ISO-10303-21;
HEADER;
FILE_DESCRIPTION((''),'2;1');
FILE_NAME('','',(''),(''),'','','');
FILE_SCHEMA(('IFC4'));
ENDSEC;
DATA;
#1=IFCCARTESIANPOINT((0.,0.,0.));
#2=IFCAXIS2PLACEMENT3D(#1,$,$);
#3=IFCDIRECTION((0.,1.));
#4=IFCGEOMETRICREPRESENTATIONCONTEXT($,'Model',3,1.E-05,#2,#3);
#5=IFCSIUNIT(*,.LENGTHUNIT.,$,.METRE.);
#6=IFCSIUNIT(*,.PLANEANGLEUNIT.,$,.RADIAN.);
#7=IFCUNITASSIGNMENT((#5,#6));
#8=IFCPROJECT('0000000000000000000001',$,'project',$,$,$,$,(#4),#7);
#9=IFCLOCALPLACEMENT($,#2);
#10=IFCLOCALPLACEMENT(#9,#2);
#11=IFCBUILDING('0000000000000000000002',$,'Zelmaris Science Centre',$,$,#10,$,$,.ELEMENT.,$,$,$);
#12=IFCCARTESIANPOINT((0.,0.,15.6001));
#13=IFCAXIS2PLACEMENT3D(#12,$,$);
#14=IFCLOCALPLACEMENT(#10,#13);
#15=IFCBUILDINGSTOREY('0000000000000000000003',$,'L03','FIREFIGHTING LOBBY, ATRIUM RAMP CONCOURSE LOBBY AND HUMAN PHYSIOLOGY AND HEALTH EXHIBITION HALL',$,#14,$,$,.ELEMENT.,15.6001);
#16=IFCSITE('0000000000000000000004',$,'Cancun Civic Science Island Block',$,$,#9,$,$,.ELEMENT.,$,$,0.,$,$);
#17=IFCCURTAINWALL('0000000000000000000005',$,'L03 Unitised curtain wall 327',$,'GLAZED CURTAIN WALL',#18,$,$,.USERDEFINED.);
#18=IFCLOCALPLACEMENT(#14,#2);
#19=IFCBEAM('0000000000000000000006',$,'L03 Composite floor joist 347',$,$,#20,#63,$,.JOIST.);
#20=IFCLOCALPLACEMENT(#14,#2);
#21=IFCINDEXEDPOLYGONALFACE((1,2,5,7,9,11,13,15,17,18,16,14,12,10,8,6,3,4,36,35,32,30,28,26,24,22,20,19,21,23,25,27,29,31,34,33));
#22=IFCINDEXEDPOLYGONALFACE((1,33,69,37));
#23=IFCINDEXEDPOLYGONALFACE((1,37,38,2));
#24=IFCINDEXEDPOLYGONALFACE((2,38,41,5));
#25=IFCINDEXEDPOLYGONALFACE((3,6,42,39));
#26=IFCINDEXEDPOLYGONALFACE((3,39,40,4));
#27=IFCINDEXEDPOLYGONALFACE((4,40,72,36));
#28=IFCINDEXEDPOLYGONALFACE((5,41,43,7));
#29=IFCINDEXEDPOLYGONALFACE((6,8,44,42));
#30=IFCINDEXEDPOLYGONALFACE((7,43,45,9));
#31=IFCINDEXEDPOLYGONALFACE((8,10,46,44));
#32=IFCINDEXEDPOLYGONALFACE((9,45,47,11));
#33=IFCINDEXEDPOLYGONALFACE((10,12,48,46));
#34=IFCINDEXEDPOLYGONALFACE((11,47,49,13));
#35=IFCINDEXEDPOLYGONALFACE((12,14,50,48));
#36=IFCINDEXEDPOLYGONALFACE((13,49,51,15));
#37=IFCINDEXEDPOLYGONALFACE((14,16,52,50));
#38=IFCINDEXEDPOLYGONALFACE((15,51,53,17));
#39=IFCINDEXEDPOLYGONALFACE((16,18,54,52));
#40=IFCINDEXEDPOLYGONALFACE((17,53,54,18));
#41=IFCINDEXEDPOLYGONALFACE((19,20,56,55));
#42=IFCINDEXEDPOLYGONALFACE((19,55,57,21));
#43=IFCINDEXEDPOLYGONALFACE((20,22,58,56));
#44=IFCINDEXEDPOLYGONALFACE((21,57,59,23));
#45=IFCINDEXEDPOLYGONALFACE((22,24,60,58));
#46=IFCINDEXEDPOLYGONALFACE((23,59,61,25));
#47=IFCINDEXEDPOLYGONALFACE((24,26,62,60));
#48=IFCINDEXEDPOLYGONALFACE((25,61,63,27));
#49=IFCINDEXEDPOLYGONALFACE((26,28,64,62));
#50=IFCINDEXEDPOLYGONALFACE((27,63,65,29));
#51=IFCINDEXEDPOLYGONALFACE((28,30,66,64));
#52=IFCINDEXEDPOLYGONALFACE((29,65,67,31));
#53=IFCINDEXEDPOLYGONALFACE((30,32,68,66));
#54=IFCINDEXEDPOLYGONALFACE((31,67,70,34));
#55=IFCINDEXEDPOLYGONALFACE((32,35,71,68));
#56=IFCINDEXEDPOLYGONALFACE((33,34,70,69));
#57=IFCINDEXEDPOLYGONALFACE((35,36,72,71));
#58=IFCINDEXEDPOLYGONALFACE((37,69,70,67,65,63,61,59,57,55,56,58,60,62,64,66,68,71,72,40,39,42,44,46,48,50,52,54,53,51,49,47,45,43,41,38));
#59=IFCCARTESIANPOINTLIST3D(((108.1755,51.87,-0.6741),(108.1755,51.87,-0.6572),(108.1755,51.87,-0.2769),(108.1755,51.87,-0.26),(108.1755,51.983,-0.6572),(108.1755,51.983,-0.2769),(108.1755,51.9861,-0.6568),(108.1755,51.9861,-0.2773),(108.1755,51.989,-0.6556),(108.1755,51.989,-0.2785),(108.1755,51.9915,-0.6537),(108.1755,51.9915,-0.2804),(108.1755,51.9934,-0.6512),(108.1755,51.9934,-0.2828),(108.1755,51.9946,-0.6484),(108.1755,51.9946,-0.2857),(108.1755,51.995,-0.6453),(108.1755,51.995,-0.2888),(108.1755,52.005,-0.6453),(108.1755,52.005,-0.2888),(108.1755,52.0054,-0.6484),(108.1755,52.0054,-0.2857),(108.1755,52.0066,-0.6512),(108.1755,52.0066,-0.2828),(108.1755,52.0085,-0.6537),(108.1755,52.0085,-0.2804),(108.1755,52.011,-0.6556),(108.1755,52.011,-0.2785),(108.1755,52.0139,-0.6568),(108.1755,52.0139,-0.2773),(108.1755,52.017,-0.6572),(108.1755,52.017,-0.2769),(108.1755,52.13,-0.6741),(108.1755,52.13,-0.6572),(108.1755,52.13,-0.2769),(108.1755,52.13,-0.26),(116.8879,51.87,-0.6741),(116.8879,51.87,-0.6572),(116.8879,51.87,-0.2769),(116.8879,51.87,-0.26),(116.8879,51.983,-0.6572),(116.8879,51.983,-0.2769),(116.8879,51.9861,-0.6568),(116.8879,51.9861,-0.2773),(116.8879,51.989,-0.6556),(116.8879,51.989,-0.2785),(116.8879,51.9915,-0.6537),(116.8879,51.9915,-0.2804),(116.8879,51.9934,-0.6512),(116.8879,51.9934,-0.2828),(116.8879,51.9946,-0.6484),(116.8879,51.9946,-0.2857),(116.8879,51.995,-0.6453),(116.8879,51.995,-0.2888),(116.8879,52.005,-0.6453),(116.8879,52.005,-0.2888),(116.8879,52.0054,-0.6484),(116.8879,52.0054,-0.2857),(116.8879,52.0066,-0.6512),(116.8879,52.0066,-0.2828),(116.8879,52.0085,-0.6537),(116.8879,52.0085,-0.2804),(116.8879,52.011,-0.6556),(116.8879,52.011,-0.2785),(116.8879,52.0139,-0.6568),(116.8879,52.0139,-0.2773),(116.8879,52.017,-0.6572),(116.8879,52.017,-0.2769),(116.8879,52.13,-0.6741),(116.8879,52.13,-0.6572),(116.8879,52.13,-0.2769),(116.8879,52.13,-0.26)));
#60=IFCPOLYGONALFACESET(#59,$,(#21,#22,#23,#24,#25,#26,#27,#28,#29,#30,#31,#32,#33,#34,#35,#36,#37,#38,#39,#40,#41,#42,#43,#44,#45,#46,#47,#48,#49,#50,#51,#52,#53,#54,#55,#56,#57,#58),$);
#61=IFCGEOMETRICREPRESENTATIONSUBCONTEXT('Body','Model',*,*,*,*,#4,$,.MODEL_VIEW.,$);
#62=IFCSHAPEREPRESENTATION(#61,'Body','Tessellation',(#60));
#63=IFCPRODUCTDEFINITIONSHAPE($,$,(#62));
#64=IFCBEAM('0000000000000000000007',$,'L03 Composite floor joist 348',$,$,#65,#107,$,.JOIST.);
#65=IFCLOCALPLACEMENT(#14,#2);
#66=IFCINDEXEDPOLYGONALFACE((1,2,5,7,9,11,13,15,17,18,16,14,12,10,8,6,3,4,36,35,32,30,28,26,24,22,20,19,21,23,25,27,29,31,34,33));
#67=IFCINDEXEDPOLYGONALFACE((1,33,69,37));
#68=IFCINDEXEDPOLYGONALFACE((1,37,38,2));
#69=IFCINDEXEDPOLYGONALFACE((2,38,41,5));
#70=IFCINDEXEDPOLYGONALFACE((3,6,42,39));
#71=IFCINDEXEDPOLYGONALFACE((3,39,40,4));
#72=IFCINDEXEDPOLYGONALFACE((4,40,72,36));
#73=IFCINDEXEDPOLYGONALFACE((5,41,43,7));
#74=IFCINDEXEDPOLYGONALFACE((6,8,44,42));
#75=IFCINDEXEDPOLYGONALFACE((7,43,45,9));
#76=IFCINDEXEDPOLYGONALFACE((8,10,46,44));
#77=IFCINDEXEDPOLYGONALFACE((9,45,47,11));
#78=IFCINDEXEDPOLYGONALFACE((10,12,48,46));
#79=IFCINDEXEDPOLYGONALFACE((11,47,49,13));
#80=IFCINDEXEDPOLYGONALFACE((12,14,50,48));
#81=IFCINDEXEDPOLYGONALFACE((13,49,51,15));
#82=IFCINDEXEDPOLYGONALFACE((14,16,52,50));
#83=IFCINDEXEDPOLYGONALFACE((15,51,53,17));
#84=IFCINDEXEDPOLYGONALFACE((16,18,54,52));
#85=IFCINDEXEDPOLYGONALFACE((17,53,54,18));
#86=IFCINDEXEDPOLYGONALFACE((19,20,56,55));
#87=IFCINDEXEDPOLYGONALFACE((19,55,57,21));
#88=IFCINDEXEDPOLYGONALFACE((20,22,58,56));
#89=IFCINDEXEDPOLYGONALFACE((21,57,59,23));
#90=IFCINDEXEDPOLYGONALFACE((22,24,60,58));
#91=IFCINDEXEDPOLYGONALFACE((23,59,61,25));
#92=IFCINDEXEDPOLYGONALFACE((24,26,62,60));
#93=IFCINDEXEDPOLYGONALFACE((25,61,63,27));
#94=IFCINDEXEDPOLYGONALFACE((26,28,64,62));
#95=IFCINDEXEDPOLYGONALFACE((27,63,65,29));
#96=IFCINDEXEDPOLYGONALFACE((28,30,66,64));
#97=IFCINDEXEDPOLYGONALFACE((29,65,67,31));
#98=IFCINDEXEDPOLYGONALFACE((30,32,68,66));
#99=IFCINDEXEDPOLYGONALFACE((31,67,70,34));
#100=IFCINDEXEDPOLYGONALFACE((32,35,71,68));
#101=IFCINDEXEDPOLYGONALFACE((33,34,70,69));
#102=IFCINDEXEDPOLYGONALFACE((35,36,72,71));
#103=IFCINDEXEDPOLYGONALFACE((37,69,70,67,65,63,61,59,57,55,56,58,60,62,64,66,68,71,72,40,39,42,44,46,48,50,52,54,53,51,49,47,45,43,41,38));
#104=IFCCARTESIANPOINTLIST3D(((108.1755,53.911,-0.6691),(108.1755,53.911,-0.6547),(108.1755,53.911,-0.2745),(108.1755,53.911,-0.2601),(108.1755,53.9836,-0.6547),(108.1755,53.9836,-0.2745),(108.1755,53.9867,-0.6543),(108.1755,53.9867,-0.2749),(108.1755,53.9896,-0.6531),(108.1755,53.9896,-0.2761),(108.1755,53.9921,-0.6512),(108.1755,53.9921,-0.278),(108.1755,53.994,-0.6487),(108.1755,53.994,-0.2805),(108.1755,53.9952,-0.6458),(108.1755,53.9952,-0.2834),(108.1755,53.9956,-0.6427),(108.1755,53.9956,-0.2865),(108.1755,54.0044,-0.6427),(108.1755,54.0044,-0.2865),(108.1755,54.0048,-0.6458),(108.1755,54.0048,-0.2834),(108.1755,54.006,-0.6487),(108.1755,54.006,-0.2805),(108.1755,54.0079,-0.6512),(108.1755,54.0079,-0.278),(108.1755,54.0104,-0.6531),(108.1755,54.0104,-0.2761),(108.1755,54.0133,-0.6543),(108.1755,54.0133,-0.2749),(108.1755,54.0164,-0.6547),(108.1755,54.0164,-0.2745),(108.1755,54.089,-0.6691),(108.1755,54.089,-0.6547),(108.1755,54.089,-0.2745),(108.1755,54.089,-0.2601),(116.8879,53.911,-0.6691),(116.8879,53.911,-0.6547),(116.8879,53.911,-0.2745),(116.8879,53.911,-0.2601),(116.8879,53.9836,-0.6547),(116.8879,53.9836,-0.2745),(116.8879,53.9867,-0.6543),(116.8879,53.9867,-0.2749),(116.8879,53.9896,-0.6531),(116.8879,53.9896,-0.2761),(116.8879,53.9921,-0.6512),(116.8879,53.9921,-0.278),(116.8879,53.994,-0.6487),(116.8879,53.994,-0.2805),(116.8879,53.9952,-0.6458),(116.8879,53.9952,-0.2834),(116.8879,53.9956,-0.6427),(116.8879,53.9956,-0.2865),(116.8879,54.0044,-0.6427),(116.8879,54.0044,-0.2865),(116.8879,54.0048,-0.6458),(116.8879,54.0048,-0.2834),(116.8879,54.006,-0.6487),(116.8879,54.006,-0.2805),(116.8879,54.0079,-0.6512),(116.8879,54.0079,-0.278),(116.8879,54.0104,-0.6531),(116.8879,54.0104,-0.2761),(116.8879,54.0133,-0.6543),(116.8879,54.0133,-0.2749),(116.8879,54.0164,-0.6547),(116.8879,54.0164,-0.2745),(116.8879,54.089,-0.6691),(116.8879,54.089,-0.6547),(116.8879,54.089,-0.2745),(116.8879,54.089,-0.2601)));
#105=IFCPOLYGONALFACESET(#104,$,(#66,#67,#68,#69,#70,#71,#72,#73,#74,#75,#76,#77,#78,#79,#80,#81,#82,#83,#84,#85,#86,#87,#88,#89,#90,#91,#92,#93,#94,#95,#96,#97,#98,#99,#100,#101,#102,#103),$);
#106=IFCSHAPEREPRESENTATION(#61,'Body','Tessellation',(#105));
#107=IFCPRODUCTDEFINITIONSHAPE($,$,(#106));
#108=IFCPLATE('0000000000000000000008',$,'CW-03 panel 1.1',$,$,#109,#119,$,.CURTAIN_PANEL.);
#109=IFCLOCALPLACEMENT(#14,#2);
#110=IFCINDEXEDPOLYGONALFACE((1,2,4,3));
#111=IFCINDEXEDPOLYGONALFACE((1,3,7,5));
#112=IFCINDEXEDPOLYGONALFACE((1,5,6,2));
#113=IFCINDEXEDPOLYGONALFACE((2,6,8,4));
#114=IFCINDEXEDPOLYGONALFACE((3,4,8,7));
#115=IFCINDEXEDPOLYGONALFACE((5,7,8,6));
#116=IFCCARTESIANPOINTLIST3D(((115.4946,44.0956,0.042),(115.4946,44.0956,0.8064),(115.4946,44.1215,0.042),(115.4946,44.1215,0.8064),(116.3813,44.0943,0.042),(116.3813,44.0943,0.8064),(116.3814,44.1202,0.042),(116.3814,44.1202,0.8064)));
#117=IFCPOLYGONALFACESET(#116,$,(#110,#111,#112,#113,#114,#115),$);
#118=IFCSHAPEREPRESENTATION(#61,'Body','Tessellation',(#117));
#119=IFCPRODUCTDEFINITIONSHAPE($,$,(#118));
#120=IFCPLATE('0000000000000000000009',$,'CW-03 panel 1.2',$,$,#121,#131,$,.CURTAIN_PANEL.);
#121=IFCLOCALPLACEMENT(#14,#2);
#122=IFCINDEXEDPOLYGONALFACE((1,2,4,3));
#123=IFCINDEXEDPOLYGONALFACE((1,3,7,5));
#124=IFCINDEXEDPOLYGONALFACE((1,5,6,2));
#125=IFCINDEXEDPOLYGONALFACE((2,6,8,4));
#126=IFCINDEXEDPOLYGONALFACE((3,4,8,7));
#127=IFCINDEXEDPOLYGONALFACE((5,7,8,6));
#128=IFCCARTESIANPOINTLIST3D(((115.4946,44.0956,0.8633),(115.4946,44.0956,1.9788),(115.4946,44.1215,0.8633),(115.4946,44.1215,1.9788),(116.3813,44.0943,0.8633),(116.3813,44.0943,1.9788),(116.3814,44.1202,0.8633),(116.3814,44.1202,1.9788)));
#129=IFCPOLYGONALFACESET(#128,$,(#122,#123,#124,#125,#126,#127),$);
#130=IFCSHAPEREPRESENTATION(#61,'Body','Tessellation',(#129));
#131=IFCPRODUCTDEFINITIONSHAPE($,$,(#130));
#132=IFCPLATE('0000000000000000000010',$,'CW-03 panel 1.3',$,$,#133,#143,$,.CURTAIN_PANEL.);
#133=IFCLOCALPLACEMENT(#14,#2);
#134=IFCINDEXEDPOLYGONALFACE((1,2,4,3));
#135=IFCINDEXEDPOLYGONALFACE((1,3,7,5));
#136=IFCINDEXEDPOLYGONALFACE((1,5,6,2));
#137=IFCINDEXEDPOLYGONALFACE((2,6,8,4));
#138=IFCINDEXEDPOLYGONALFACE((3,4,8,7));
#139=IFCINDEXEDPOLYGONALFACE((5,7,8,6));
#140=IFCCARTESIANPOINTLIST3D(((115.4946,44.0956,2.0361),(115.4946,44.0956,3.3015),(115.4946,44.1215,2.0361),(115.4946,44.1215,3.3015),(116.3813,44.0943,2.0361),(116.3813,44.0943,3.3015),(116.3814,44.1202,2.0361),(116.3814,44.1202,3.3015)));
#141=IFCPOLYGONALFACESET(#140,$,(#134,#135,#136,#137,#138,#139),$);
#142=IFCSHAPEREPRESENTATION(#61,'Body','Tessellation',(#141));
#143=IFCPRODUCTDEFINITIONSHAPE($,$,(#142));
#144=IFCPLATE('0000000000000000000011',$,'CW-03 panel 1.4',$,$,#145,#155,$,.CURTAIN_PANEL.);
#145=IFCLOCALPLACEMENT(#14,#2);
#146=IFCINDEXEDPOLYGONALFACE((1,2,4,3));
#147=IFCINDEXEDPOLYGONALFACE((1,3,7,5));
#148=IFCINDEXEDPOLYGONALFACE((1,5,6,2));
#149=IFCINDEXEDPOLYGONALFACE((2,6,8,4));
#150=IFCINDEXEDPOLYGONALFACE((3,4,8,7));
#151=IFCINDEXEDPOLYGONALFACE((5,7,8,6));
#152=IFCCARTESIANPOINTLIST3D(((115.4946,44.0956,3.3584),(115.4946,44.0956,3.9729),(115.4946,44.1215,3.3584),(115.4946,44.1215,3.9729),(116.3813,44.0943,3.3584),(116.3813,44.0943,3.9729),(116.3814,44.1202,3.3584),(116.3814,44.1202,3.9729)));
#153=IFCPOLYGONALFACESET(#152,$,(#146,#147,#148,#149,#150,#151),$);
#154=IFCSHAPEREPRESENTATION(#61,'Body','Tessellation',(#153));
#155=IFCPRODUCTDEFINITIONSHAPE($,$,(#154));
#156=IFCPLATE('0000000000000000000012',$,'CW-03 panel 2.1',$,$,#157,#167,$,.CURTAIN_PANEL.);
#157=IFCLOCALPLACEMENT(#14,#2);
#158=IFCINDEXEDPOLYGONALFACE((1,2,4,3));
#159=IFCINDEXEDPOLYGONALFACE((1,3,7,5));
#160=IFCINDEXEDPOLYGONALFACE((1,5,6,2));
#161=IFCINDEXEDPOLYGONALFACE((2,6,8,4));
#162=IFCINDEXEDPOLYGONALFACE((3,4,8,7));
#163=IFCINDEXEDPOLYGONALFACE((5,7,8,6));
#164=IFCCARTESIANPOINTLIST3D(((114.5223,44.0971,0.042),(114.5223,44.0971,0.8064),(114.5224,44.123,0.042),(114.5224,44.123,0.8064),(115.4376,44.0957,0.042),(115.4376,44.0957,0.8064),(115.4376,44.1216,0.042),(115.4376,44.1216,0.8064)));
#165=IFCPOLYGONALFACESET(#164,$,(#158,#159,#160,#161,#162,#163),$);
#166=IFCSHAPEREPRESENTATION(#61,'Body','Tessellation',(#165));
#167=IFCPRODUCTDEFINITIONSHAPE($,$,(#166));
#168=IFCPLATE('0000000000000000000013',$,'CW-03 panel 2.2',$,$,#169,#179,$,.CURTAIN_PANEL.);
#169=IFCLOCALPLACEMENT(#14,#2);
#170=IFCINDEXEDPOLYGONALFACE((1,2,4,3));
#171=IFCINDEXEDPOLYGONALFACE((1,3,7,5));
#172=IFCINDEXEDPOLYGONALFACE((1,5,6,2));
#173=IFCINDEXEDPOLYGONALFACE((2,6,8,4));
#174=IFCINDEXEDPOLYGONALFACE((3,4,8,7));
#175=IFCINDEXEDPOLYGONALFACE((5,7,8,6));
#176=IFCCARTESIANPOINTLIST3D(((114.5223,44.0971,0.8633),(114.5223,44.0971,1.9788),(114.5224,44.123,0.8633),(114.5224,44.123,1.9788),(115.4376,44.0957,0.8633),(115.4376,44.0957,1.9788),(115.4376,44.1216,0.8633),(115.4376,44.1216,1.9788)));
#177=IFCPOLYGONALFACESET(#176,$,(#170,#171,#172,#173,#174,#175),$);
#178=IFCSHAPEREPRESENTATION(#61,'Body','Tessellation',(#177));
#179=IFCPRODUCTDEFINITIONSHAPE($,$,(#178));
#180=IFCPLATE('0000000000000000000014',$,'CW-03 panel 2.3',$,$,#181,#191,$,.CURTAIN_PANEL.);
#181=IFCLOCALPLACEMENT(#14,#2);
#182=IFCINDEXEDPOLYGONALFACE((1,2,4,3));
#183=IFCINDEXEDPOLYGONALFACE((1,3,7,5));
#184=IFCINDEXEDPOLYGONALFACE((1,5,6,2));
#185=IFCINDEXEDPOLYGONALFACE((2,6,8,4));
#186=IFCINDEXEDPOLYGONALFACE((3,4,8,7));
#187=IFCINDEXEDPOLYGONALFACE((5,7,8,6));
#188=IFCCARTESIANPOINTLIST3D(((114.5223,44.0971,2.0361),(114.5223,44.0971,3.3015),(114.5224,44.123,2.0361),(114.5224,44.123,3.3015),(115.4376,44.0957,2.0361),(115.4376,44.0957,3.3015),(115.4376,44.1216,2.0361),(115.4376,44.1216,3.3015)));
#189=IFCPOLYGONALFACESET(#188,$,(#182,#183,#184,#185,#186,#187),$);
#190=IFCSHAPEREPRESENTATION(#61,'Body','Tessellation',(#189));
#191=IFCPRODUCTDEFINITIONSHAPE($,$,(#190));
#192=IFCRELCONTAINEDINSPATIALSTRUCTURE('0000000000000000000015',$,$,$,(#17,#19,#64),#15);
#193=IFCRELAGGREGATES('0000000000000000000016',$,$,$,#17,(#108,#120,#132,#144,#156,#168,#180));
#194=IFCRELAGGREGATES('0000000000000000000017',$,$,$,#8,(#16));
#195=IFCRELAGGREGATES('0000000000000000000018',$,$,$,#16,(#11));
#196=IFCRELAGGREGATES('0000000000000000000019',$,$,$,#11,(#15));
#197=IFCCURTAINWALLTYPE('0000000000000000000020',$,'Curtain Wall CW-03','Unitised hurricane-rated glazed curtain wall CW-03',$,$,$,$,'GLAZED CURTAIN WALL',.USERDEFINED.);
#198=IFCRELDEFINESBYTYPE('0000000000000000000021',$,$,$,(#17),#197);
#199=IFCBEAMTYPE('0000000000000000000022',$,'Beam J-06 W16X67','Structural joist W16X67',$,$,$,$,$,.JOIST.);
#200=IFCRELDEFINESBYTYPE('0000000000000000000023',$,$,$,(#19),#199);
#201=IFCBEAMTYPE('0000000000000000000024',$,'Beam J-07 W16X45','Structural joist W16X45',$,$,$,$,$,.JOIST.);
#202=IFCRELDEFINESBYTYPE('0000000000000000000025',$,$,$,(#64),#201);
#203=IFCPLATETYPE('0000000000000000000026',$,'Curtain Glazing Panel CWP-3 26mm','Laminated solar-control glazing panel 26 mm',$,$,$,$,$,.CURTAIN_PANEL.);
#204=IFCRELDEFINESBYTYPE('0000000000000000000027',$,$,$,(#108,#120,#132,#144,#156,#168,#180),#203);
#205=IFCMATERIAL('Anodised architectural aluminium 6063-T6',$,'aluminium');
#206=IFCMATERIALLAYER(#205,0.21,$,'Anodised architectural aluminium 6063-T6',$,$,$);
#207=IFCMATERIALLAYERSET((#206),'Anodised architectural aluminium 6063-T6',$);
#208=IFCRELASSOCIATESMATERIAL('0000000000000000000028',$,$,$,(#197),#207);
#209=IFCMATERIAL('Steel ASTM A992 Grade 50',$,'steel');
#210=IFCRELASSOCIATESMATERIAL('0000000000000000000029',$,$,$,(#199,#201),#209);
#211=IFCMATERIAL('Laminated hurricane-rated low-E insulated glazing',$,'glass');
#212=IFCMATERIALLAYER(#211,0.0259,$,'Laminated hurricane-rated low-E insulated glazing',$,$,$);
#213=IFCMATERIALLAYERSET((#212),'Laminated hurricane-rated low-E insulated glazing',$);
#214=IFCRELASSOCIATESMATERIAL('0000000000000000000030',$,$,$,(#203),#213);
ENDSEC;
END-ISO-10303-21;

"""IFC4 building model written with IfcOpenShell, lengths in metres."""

from ifc_helpers import new_model, si_unit, direction, frame, origin, origin_2d, place, context, subcontext, project, spatial, rectangle, i_section, extrude, material, layer, layer_set, material_profile, profile_set, type_object, element, aggregate, save


model = new_model("IFC4")

# Units and contexts
model_context = context("Model", 3, precision=1e-05, world=origin(), true_north=direction((0.0, 1.0)))
body_context = subcontext(model_context, "Body", "Model", "MODEL_VIEW")
ifc_project = project(units=[si_unit("LENGTHUNIT", "METRE"), si_unit("PLANEANGLEUNIT", "RADIAN")], contexts=[model_context])

# Site, building, storey
site_placement = place(None, origin())
site = spatial("IfcSite", under=ifc_project, at=site_placement, Name="Cancun Civic Science Island Block", CompositionType="ELEMENT", RefElevation=0.0)
building_placement = place(site_placement, origin())
building = spatial("IfcBuilding", under=site, at=building_placement, Name="Zelmaris Science Centre", CompositionType="ELEMENT")
storey_placement = place(building_placement, frame((0.0, 0.0, 15.6001)))
storey = spatial("IfcBuildingStorey", under=building, at=storey_placement, Name="L03", Description="FIREFIGHTING LOBBY, ATRIUM RAMP CONCOURSE LOBBY AND HUMAN PHYSIOLOGY AND HEALTH EXHIBITION HALL", CompositionType="ELEMENT", Elevation=15.6001)

# Curtain wall
ifc_material_1 = material(Name="Anodised architectural aluminium 6063-T6", Category="aluminium")
ifc_layer_1 = layer(ifc_material_1, 0.21, Name="Anodised architectural aluminium 6063-T6")
ifc_layer_set_1 = layer_set([ifc_layer_1], Name="Anodised architectural aluminium 6063-T6")
curtain_wall_type = type_object("IfcCurtainWallType", Name="Curtain Wall CW-03", Description="Unitised hurricane-rated glazed curtain wall CW-03", ElementType="GLAZED CURTAIN WALL", PredefinedType="USERDEFINED", material=ifc_layer_set_1)
curtain_wall_placement = place(storey_placement, origin())
curtain_wall = element("IfcCurtainWall", 1, at=curtain_wall_placement, inside=storey, type_object=curtain_wall_type, Name="L03 Unitised curtain wall 327", ObjectType="GLAZED CURTAIN WALL", PredefinedType="USERDEFINED")

# Beams
ifc_material_2 = material(Name="Steel ASTM A992 Grade 50", Category="steel")
ifc_material_profile_1 = material_profile(ifc_material_2, i_section(OverallWidth=0.26, OverallDepth=0.4141, WebThickness=0.01, FlangeThickness=0.0168, FilletRadius=0.012, at=origin_2d()), Name="W16X67")
ifc_profile_set_1 = profile_set([ifc_material_profile_1], Name="Steel ASTM A992 Grade 50")
beam_type_1 = type_object("IfcBeamType", Name="Beam J-06 W16X67", Description="Structural joist W16X67", PredefinedType="JOIST", material=ifc_profile_set_1)
beam_1_placement = place(storey_placement, frame((108.1755, 52.0, -0.467), z_axis=(1.0, 0.0, 0.0), x_axis=(0.0, 1.0, 0.0)))
element("IfcBeam", 2, at=beam_1_placement, inside=storey, type_object=beam_type_1, Name="L03 Composite floor joist 347", PredefinedType="JOIST", context=body_context, shape_type="SweptSolid", body=[
    extrude(i_section(OverallWidth=0.26, OverallDepth=0.4141, WebThickness=0.01, FlangeThickness=0.0168, FilletRadius=0.012, at=origin_2d()), origin(), (0.0, 0.0, 1.0), 8.7124),
])
ifc_material_profile_2 = material_profile(ifc_material_2, i_section(OverallWidth=0.178, OverallDepth=0.4089, WebThickness=0.0088, FlangeThickness=0.0144, FilletRadius=0.012, at=origin_2d()), Name="W16X45")
ifc_profile_set_2 = profile_set([ifc_material_profile_2], Name="Steel ASTM A992 Grade 50")
beam_type_2 = type_object("IfcBeamType", Name="Beam J-07 W16X45", Description="Structural joist W16X45", PredefinedType="JOIST", material=ifc_profile_set_2)
beam_2_placement = place(storey_placement, frame((108.1755, 54.0, -0.4646), z_axis=(1.0, 0.0, 0.0), x_axis=(0.0, 1.0, 0.0)))
element("IfcBeam", 3, at=beam_2_placement, inside=storey, type_object=beam_type_2, Name="L03 Composite floor joist 348", PredefinedType="JOIST", context=body_context, shape_type="SweptSolid", body=[
    extrude(i_section(OverallWidth=0.178, OverallDepth=0.4089, WebThickness=0.0088, FlangeThickness=0.0144, FilletRadius=0.012, at=origin_2d()), origin(), (0.0, 0.0, 1.0), 8.7124),
])

# Plates
ifc_material_3 = material(Name="Laminated hurricane-rated low-E insulated glazing", Category="glass")
ifc_layer_2 = layer(ifc_material_3, 0.0259, Name="Laminated hurricane-rated low-E insulated glazing")
ifc_layer_set_2 = layer_set([ifc_layer_2], Name="Laminated hurricane-rated low-E insulated glazing")
plate_type = type_object("IfcPlateType", Name="Curtain Glazing Panel CWP-3 26mm", Description="Laminated solar-control glazing panel 26 mm", PredefinedType="CURTAIN_PANEL", material=ifc_layer_set_2)
plate_1_placement = place(storey_placement, frame((115.938, 44.1079, 0.042), z_axis=(0.0, 0.0, 1.0), x_axis=(-0.999999, 0.001517, 0.0)))
plate_1 = element("IfcPlate", 4, at=plate_1_placement, type_object=plate_type, Name="CW-03 panel 1.1", PredefinedType="CURTAIN_PANEL", context=body_context, shape_type="SweptSolid", body=[
    extrude(rectangle(XDim=0.8867, YDim=0.0259, at=origin_2d()), origin(), (0.0, 0.0, 1.0), 0.7644),
])
plate_2_placement = place(storey_placement, frame((115.938, 44.1079, 0.8633), z_axis=(0.0, 0.0, 1.0), x_axis=(-0.999999, 0.001517, 0.0)))
plate_2 = element("IfcPlate", 5, at=plate_2_placement, type_object=plate_type, Name="CW-03 panel 1.2", PredefinedType="CURTAIN_PANEL", context=body_context, shape_type="SweptSolid", body=[
    extrude(rectangle(XDim=0.8867, YDim=0.0259, at=origin_2d()), origin(), (0.0, 0.0, 1.0), 1.1155),
])
plate_3_placement = place(storey_placement, frame((115.938, 44.1079, 2.0361), z_axis=(0.0, 0.0, 1.0), x_axis=(-0.999999, 0.001517, 0.0)))
plate_3 = element("IfcPlate", 6, at=plate_3_placement, type_object=plate_type, Name="CW-03 panel 1.3", PredefinedType="CURTAIN_PANEL", context=body_context, shape_type="SweptSolid", body=[
    extrude(rectangle(XDim=0.8867, YDim=0.0259, at=origin_2d()), origin(), (0.0, 0.0, 1.0), 1.2654),
])
plate_4_placement = place(storey_placement, frame((115.938, 44.1079, 3.3584), z_axis=(0.0, 0.0, 1.0), x_axis=(-0.999999, 0.001517, 0.0)))
plate_4 = element("IfcPlate", 7, at=plate_4_placement, type_object=plate_type, Name="CW-03 panel 1.4", PredefinedType="CURTAIN_PANEL", context=body_context, shape_type="SweptSolid", body=[
    extrude(rectangle(XDim=0.8867, YDim=0.0259, at=origin_2d()), origin(), (0.0, 0.0, 1.0), 0.6145),
])
plate_5_placement = place(storey_placement, frame((114.98, 44.1094, 0.042), z_axis=(0.0, 0.0, 1.0), x_axis=(-0.999999, 0.001517, 0.0)))
plate_5 = element("IfcPlate", 8, at=plate_5_placement, type_object=plate_type, Name="CW-03 panel 2.1", PredefinedType="CURTAIN_PANEL", context=body_context, shape_type="SweptSolid", body=[
    extrude(rectangle(XDim=0.9153, YDim=0.0259, at=origin_2d()), origin(), (0.0, 0.0, 1.0), 0.7644),
])
plate_6_placement = place(storey_placement, frame((114.98, 44.1094, 0.8633), z_axis=(0.0, 0.0, 1.0), x_axis=(-0.999999, 0.001517, 0.0)))
plate_6 = element("IfcPlate", 9, at=plate_6_placement, type_object=plate_type, Name="CW-03 panel 2.2", PredefinedType="CURTAIN_PANEL", context=body_context, shape_type="SweptSolid", body=[
    extrude(rectangle(XDim=0.9153, YDim=0.0259, at=origin_2d()), origin(), (0.0, 0.0, 1.0), 1.1155),
])
plate_7_placement = place(storey_placement, frame((114.98, 44.1094, 2.0361), z_axis=(0.0, 0.0, 1.0), x_axis=(-0.999999, 0.001517, 0.0)))
plate_7 = element("IfcPlate", 10, at=plate_7_placement, type_object=plate_type, Name="CW-03 panel 2.3", PredefinedType="CURTAIN_PANEL", context=body_context, shape_type="SweptSolid", body=[
    extrude(rectangle(XDim=0.9153, YDim=0.0259, at=origin_2d()), origin(), (0.0, 0.0, 1.0), 1.2654),
])
aggregate(curtain_wall, [plate_1, plate_2, plate_3, plate_4, plate_5, plate_6, plate_7])

save(model, "model.ifc")
